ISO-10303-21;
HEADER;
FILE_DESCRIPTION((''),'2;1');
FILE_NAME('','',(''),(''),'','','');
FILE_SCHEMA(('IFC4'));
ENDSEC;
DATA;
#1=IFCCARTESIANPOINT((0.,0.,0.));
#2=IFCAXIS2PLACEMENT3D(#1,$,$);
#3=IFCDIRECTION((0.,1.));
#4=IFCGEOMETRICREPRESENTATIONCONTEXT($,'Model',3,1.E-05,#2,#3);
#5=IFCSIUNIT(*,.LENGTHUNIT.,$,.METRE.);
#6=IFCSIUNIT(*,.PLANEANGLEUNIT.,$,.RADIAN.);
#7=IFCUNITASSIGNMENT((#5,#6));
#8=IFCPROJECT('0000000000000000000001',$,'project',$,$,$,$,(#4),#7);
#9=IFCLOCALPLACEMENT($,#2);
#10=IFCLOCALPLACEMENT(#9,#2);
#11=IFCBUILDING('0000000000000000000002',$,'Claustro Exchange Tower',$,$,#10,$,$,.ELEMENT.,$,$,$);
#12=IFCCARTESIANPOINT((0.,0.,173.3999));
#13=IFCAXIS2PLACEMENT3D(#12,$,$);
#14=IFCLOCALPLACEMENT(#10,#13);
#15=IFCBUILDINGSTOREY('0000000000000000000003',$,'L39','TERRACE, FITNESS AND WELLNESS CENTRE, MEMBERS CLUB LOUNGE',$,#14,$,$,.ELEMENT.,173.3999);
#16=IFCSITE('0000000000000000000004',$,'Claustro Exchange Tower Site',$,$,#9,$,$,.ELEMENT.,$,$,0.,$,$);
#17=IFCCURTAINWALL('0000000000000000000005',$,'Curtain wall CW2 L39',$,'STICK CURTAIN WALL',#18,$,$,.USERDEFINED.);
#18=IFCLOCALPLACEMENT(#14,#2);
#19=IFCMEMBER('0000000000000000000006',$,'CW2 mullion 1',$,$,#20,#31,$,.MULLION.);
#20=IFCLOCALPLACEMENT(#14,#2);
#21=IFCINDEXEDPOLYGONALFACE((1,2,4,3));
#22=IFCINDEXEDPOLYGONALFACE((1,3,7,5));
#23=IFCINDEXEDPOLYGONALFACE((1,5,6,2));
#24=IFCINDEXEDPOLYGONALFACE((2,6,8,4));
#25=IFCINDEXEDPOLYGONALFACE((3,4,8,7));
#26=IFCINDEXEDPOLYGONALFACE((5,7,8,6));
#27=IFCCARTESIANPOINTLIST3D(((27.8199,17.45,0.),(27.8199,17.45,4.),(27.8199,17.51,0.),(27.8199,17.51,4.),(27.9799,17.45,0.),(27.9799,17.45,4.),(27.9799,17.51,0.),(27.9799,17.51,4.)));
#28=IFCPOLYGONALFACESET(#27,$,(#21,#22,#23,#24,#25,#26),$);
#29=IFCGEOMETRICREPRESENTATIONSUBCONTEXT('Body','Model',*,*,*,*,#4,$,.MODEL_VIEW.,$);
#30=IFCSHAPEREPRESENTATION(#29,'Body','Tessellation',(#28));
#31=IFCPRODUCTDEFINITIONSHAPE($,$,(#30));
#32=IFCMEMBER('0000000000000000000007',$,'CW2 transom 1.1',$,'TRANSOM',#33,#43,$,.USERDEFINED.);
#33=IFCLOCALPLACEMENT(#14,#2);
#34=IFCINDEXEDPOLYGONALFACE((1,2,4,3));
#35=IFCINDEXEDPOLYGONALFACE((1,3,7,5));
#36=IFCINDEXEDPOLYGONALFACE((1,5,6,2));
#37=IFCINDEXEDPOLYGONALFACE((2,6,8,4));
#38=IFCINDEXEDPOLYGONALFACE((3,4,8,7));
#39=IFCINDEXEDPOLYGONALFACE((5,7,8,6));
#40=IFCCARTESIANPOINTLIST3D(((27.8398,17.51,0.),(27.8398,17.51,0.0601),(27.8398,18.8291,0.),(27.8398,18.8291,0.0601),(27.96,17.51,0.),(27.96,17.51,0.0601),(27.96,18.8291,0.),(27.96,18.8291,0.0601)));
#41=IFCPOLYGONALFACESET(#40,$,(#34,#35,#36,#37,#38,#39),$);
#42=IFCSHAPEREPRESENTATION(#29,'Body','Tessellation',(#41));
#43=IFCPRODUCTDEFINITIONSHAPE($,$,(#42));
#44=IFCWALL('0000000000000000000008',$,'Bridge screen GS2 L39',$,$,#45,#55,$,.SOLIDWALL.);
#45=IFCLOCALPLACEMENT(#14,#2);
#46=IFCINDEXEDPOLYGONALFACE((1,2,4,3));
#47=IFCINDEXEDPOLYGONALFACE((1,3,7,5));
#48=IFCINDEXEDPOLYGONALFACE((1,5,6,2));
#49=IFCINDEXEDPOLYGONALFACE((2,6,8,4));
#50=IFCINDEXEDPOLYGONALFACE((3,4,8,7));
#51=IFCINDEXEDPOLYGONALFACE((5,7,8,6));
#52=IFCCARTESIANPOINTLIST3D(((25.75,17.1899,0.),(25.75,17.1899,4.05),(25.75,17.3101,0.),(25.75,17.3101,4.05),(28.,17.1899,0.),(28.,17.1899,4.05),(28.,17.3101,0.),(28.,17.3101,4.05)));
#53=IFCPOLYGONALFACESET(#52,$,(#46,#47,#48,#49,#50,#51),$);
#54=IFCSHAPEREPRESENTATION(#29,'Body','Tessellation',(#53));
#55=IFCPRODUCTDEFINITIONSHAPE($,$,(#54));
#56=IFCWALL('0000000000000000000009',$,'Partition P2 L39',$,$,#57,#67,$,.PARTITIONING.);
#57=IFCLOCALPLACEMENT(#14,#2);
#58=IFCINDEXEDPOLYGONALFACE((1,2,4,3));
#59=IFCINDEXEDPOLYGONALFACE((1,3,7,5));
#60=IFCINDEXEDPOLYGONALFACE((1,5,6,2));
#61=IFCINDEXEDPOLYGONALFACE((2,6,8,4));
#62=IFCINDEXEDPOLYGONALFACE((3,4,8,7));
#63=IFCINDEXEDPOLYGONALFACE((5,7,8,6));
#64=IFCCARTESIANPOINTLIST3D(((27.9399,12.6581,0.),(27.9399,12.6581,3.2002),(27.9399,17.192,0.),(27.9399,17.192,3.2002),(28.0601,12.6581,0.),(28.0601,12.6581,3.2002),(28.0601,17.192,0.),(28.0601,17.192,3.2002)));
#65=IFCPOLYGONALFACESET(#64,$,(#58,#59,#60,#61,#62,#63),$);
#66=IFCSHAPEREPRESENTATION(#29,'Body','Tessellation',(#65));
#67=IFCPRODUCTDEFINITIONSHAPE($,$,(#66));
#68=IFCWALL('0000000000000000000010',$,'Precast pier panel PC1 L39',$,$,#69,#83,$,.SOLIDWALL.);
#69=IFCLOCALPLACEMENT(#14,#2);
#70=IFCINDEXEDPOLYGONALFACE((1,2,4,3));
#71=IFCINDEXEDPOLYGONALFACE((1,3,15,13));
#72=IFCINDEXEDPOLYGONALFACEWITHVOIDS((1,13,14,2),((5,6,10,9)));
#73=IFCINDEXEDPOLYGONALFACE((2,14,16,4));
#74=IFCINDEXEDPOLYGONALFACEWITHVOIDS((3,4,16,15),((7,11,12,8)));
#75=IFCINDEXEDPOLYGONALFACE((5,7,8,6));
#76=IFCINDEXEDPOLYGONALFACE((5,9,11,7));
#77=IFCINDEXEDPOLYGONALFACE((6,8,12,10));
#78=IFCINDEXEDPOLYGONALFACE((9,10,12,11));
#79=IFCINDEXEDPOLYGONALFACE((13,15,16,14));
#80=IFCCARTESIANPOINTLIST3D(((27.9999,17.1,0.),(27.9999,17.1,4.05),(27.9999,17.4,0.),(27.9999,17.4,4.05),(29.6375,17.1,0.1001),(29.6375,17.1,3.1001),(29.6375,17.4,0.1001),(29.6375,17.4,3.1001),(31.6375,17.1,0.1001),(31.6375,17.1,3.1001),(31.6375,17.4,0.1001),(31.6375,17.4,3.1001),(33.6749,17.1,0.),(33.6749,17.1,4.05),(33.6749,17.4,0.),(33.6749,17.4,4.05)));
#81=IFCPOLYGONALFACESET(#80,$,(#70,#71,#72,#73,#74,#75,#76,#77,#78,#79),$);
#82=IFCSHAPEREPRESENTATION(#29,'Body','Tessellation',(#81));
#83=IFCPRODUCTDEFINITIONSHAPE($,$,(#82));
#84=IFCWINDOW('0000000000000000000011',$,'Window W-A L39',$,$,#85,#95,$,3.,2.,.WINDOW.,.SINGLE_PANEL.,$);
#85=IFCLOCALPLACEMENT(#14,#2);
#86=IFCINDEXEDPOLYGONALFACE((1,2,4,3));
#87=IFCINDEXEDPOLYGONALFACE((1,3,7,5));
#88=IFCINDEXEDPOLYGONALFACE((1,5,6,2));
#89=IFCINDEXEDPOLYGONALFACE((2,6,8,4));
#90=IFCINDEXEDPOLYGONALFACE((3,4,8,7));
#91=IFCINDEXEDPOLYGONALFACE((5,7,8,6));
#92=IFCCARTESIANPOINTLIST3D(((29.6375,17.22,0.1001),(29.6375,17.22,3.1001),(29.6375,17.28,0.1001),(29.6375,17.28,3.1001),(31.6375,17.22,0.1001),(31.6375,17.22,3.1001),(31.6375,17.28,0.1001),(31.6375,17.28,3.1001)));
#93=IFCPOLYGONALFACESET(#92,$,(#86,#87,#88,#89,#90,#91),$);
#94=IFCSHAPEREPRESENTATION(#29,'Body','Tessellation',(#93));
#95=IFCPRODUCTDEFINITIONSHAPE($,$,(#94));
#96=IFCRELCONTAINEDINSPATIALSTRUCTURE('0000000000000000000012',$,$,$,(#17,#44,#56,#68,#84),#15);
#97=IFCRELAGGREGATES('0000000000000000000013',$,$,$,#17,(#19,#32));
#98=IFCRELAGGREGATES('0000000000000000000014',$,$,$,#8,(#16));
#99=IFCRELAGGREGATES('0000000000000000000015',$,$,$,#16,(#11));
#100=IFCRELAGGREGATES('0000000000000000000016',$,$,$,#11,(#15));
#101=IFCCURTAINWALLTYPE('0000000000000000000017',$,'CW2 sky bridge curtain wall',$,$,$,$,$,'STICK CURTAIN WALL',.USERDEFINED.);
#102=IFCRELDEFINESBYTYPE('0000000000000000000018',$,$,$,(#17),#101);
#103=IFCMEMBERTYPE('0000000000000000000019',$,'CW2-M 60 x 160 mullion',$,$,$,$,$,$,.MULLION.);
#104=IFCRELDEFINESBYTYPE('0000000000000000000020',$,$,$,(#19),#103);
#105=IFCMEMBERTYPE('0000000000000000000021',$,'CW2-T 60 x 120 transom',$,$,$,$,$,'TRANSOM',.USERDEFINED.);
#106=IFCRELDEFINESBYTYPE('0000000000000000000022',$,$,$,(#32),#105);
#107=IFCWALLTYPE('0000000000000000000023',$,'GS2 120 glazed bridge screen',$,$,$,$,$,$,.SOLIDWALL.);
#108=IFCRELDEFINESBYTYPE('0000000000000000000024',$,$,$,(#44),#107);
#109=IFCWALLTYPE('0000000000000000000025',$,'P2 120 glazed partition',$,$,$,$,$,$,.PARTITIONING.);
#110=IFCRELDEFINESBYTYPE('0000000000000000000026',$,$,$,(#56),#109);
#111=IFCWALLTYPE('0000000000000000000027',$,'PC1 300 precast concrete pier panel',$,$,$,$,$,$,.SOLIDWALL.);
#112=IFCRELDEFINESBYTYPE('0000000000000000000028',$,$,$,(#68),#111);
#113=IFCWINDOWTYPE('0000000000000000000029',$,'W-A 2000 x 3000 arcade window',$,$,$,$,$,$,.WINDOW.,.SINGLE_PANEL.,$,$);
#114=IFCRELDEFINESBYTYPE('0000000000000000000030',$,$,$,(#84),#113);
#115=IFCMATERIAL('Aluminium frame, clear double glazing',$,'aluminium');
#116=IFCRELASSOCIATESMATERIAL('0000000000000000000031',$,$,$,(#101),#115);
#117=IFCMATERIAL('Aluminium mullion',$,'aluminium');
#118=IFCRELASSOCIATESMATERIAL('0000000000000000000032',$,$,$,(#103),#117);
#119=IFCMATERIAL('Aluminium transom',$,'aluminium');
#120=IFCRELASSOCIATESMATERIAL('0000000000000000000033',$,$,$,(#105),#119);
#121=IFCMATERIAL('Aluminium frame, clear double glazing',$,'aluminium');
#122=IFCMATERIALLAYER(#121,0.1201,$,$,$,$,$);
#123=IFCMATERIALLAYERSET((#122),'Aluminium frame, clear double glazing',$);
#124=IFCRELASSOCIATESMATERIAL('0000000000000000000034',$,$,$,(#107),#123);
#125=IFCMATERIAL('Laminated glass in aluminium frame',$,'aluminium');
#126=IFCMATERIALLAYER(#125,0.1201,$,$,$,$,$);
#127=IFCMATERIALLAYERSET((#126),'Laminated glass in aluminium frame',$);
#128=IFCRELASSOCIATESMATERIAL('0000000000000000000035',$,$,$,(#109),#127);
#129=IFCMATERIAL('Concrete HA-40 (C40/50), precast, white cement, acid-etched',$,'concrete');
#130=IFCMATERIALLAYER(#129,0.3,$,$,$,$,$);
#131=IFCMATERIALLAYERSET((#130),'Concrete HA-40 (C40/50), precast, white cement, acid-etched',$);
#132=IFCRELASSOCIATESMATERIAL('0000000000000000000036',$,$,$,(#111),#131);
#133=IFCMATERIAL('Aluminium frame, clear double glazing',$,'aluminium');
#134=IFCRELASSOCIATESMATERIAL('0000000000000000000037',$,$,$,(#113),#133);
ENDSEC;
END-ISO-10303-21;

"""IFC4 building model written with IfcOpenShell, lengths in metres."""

from ifc_helpers import new_model, si_unit, direction, frame, frame_2d, origin, origin_2d, place, context, subcontext, project, spatial, rectangle, extrude, material, layer, layer_set, material_profile, profile_set, type_object, element, fill, aggregate, save


model = new_model("IFC4")

# Units and contexts
model_context = context("Model", 3, precision=1e-05, world=origin(), true_north=direction((0.0, 1.0)))
body_context = subcontext(model_context, "Body", "Model", "MODEL_VIEW")
ifc_project = project(units=[si_unit("LENGTHUNIT", "METRE"), si_unit("PLANEANGLEUNIT", "RADIAN")], contexts=[model_context])

# Site, building, storey
site_placement = place(None, origin())
site = spatial("IfcSite", under=ifc_project, at=site_placement, Name="Claustro Exchange Tower Site", CompositionType="ELEMENT", RefElevation=0.0)
building_placement = place(site_placement, origin())
building = spatial("IfcBuilding", under=site, at=building_placement, Name="Claustro Exchange Tower", CompositionType="ELEMENT")
storey_placement = place(building_placement, frame((0.0, 0.0, 173.3999)))
storey = spatial("IfcBuildingStorey", under=building, at=storey_placement, Name="L39", Description="TERRACE, FITNESS AND WELLNESS CENTRE, MEMBERS CLUB LOUNGE", CompositionType="ELEMENT", Elevation=173.3999)

# Curtain wall, members
ifc_material_1 = material(Name="Aluminium frame, clear double glazing", Category="aluminium")
curtain_wall_type = type_object("IfcCurtainWallType", Name="CW2 sky bridge curtain wall", ElementType="STICK CURTAIN WALL", PredefinedType="USERDEFINED", material=ifc_material_1)
curtain_wall_placement = place(storey_placement, origin())
curtain_wall = element("IfcCurtainWall", 1, at=curtain_wall_placement, inside=storey, type_object=curtain_wall_type, Name="Curtain wall CW2 L39", ObjectType="STICK CURTAIN WALL", PredefinedType="USERDEFINED")
ifc_material_2 = material(Name="Aluminium mullion", Category="aluminium")
ifc_material_profile_1 = material_profile(ifc_material_2, rectangle(XDim=0.1599, YDim=0.0601, at=origin_2d()), Name="CW2-M 60x160")
ifc_profile_set_1 = profile_set([ifc_material_profile_1], Name="Aluminium mullion")
member_type_1 = type_object("IfcMemberType", Name="CW2-M 60 x 160 mullion", PredefinedType="MULLION", material=ifc_profile_set_1)
member_1_placement = place(storey_placement, frame((27.8999, 17.48, 0.0), z_axis=(0.0, 0.0, 1.0), x_axis=(-1.0, 0.0, 0.0)))
member_1 = element("IfcMember", 2, at=member_1_placement, type_object=member_type_1, Name="CW2 mullion 1", PredefinedType="MULLION", context=body_context, shape_type="SweptSolid", body=[
    extrude(rectangle(XDim=0.1599, YDim=0.0601, at=origin_2d()), origin(), (0.0, 0.0, 1.0), 4.0),
])
ifc_material_3 = material(Name="Aluminium transom", Category="aluminium")
ifc_material_profile_2 = material_profile(ifc_material_3, rectangle(XDim=0.1201, YDim=0.0601, at=origin_2d()), Name="CW2-T 60x120")
ifc_profile_set_2 = profile_set([ifc_material_profile_2], Name="Aluminium transom")
member_type_2 = type_object("IfcMemberType", Name="CW2-T 60 x 120 transom", ElementType="TRANSOM", PredefinedType="USERDEFINED", material=ifc_profile_set_2)
member_2_placement = place(storey_placement, frame((27.8999, 17.51, 0.03), z_axis=(0.0, 1.0, 0.0), x_axis=(-1.0, 0.0, 0.0)))
member_2 = element("IfcMember", 3, at=member_2_placement, type_object=member_type_2, Name="CW2 transom 1.1", ObjectType="TRANSOM", PredefinedType="USERDEFINED", context=body_context, shape_type="SweptSolid", body=[
    extrude(rectangle(XDim=0.1201, YDim=0.0601, at=origin_2d()), origin(), (0.0, 0.0, 1.0), 1.3191),
])
aggregate(curtain_wall, [member_1, member_2])

# Walls
ifc_material_4 = material(Name="Aluminium frame, clear double glazing", Category="aluminium")
ifc_layer_1 = layer(ifc_material_4, 0.1201)
ifc_layer_set_1 = layer_set([ifc_layer_1], Name="Aluminium frame, clear double glazing")
wall_type_1 = type_object("IfcWallType", Name="GS2 120 glazed bridge screen", PredefinedType="SOLIDWALL", material=ifc_layer_set_1)
wall_1_placement = place(storey_placement, frame((25.75, 17.25, 0.0), z_axis=(0.0, 0.0, 1.0), x_axis=(1.0, 0.0, 0.0)))
element("IfcWall", 4, at=wall_1_placement, inside=storey, type_object=wall_type_1, Name="Bridge screen GS2 L39", PredefinedType="SOLIDWALL", context=body_context, shape_type="SweptSolid", body=[
    extrude(rectangle(XDim=2.25, YDim=0.1201, at=frame_2d((1.125, 0.0))), origin(), (0.0, 0.0, 1.0), 4.05),
])
ifc_material_5 = material(Name="Laminated glass in aluminium frame", Category="aluminium")
ifc_layer_2 = layer(ifc_material_5, 0.1201)
ifc_layer_set_2 = layer_set([ifc_layer_2], Name="Laminated glass in aluminium frame")
wall_type_2 = type_object("IfcWallType", Name="P2 120 glazed partition", PredefinedType="PARTITIONING", material=ifc_layer_set_2)
wall_2_placement = place(storey_placement, frame((28.0, 12.658, 0.0), z_axis=(0.0, 0.0, 1.0), x_axis=(0.0, 1.0, 0.0)))
element("IfcWall", 5, at=wall_2_placement, inside=storey, type_object=wall_type_2, Name="Partition P2 L39", PredefinedType="PARTITIONING", context=body_context, shape_type="SweptSolid", body=[
    extrude(rectangle(XDim=4.5339, YDim=0.1201, at=frame_2d((2.2671, 0.0))), origin(), (0.0, 0.0, 1.0), 3.2002),
])

# Wall, opening, window
ifc_material_6 = material(Name="Concrete HA-40 (C40/50), precast, white cement, acid-etched", Category="concrete")
ifc_layer_3 = layer(ifc_material_6, 0.3)
ifc_layer_set_3 = layer_set([ifc_layer_3], Name="Concrete HA-40 (C40/50), precast, white cement, acid-etched")
wall_type_3 = type_object("IfcWallType", Name="PC1 300 precast concrete pier panel", PredefinedType="SOLIDWALL", material=ifc_layer_set_3)
wall_3_placement = place(storey_placement, frame((28.0, 17.25, 0.0), z_axis=(0.0, 0.0, 1.0), x_axis=(1.0, 0.0, 0.0)))
wall_3 = element("IfcWall", 6, at=wall_3_placement, inside=storey, type_object=wall_type_3, Name="Precast pier panel PC1 L39", PredefinedType="SOLIDWALL", context=body_context, shape_type="SweptSolid", body=[
    extrude(rectangle(XDim=5.675, YDim=0.3, at=frame_2d((2.8374, 0.0))), origin(), (0.0, 0.0, 1.0), 4.05),
])
opening_placement = place(wall_3_placement, frame((1.6375, 0.0, 0.1001)))
opening = element("IfcOpeningElement", 7, at=opening_placement, cuts=wall_3, PredefinedType="OPENING", context=body_context, shape_type="SweptSolid", body=[
    extrude(rectangle(XDim=2.0, YDim=3.0, at=frame_2d((1.0, 1.5))), frame((0.0, 0.1599, 0.0), z_axis=(0.0, -1.0, 0.0), x_axis=(1.0, 0.0, 0.0)), (0.0, 0.0, 1.0), 0.3201),
])
ifc_material_7 = material(Name="Aluminium frame, clear double glazing", Category="aluminium")
window_type = type_object("IfcWindowType", Name="W-A 2000 x 3000 arcade window", PartitioningType="SINGLE_PANEL", PredefinedType="WINDOW", material=ifc_material_7)
window_placement = place(opening_placement, origin())
window = element("IfcWindow", 8, at=window_placement, inside=storey, type_object=window_type, Name="Window W-A L39", OverallHeight=3.0, OverallWidth=2.0, PartitioningType="SINGLE_PANEL", PredefinedType="WINDOW", context=body_context, shape_type="SweptSolid", body=[
    extrude(rectangle(XDim=2.0, YDim=3.0, at=frame_2d((1.0, 1.5))), frame((0.0, 0.03, 0.0), z_axis=(0.0, -1.0, 0.0), x_axis=(1.0, 0.0, 0.0)), (0.0, 0.0, 1.0), 0.0601),
])
fill(opening, window)

save(model, "model.ifc")
